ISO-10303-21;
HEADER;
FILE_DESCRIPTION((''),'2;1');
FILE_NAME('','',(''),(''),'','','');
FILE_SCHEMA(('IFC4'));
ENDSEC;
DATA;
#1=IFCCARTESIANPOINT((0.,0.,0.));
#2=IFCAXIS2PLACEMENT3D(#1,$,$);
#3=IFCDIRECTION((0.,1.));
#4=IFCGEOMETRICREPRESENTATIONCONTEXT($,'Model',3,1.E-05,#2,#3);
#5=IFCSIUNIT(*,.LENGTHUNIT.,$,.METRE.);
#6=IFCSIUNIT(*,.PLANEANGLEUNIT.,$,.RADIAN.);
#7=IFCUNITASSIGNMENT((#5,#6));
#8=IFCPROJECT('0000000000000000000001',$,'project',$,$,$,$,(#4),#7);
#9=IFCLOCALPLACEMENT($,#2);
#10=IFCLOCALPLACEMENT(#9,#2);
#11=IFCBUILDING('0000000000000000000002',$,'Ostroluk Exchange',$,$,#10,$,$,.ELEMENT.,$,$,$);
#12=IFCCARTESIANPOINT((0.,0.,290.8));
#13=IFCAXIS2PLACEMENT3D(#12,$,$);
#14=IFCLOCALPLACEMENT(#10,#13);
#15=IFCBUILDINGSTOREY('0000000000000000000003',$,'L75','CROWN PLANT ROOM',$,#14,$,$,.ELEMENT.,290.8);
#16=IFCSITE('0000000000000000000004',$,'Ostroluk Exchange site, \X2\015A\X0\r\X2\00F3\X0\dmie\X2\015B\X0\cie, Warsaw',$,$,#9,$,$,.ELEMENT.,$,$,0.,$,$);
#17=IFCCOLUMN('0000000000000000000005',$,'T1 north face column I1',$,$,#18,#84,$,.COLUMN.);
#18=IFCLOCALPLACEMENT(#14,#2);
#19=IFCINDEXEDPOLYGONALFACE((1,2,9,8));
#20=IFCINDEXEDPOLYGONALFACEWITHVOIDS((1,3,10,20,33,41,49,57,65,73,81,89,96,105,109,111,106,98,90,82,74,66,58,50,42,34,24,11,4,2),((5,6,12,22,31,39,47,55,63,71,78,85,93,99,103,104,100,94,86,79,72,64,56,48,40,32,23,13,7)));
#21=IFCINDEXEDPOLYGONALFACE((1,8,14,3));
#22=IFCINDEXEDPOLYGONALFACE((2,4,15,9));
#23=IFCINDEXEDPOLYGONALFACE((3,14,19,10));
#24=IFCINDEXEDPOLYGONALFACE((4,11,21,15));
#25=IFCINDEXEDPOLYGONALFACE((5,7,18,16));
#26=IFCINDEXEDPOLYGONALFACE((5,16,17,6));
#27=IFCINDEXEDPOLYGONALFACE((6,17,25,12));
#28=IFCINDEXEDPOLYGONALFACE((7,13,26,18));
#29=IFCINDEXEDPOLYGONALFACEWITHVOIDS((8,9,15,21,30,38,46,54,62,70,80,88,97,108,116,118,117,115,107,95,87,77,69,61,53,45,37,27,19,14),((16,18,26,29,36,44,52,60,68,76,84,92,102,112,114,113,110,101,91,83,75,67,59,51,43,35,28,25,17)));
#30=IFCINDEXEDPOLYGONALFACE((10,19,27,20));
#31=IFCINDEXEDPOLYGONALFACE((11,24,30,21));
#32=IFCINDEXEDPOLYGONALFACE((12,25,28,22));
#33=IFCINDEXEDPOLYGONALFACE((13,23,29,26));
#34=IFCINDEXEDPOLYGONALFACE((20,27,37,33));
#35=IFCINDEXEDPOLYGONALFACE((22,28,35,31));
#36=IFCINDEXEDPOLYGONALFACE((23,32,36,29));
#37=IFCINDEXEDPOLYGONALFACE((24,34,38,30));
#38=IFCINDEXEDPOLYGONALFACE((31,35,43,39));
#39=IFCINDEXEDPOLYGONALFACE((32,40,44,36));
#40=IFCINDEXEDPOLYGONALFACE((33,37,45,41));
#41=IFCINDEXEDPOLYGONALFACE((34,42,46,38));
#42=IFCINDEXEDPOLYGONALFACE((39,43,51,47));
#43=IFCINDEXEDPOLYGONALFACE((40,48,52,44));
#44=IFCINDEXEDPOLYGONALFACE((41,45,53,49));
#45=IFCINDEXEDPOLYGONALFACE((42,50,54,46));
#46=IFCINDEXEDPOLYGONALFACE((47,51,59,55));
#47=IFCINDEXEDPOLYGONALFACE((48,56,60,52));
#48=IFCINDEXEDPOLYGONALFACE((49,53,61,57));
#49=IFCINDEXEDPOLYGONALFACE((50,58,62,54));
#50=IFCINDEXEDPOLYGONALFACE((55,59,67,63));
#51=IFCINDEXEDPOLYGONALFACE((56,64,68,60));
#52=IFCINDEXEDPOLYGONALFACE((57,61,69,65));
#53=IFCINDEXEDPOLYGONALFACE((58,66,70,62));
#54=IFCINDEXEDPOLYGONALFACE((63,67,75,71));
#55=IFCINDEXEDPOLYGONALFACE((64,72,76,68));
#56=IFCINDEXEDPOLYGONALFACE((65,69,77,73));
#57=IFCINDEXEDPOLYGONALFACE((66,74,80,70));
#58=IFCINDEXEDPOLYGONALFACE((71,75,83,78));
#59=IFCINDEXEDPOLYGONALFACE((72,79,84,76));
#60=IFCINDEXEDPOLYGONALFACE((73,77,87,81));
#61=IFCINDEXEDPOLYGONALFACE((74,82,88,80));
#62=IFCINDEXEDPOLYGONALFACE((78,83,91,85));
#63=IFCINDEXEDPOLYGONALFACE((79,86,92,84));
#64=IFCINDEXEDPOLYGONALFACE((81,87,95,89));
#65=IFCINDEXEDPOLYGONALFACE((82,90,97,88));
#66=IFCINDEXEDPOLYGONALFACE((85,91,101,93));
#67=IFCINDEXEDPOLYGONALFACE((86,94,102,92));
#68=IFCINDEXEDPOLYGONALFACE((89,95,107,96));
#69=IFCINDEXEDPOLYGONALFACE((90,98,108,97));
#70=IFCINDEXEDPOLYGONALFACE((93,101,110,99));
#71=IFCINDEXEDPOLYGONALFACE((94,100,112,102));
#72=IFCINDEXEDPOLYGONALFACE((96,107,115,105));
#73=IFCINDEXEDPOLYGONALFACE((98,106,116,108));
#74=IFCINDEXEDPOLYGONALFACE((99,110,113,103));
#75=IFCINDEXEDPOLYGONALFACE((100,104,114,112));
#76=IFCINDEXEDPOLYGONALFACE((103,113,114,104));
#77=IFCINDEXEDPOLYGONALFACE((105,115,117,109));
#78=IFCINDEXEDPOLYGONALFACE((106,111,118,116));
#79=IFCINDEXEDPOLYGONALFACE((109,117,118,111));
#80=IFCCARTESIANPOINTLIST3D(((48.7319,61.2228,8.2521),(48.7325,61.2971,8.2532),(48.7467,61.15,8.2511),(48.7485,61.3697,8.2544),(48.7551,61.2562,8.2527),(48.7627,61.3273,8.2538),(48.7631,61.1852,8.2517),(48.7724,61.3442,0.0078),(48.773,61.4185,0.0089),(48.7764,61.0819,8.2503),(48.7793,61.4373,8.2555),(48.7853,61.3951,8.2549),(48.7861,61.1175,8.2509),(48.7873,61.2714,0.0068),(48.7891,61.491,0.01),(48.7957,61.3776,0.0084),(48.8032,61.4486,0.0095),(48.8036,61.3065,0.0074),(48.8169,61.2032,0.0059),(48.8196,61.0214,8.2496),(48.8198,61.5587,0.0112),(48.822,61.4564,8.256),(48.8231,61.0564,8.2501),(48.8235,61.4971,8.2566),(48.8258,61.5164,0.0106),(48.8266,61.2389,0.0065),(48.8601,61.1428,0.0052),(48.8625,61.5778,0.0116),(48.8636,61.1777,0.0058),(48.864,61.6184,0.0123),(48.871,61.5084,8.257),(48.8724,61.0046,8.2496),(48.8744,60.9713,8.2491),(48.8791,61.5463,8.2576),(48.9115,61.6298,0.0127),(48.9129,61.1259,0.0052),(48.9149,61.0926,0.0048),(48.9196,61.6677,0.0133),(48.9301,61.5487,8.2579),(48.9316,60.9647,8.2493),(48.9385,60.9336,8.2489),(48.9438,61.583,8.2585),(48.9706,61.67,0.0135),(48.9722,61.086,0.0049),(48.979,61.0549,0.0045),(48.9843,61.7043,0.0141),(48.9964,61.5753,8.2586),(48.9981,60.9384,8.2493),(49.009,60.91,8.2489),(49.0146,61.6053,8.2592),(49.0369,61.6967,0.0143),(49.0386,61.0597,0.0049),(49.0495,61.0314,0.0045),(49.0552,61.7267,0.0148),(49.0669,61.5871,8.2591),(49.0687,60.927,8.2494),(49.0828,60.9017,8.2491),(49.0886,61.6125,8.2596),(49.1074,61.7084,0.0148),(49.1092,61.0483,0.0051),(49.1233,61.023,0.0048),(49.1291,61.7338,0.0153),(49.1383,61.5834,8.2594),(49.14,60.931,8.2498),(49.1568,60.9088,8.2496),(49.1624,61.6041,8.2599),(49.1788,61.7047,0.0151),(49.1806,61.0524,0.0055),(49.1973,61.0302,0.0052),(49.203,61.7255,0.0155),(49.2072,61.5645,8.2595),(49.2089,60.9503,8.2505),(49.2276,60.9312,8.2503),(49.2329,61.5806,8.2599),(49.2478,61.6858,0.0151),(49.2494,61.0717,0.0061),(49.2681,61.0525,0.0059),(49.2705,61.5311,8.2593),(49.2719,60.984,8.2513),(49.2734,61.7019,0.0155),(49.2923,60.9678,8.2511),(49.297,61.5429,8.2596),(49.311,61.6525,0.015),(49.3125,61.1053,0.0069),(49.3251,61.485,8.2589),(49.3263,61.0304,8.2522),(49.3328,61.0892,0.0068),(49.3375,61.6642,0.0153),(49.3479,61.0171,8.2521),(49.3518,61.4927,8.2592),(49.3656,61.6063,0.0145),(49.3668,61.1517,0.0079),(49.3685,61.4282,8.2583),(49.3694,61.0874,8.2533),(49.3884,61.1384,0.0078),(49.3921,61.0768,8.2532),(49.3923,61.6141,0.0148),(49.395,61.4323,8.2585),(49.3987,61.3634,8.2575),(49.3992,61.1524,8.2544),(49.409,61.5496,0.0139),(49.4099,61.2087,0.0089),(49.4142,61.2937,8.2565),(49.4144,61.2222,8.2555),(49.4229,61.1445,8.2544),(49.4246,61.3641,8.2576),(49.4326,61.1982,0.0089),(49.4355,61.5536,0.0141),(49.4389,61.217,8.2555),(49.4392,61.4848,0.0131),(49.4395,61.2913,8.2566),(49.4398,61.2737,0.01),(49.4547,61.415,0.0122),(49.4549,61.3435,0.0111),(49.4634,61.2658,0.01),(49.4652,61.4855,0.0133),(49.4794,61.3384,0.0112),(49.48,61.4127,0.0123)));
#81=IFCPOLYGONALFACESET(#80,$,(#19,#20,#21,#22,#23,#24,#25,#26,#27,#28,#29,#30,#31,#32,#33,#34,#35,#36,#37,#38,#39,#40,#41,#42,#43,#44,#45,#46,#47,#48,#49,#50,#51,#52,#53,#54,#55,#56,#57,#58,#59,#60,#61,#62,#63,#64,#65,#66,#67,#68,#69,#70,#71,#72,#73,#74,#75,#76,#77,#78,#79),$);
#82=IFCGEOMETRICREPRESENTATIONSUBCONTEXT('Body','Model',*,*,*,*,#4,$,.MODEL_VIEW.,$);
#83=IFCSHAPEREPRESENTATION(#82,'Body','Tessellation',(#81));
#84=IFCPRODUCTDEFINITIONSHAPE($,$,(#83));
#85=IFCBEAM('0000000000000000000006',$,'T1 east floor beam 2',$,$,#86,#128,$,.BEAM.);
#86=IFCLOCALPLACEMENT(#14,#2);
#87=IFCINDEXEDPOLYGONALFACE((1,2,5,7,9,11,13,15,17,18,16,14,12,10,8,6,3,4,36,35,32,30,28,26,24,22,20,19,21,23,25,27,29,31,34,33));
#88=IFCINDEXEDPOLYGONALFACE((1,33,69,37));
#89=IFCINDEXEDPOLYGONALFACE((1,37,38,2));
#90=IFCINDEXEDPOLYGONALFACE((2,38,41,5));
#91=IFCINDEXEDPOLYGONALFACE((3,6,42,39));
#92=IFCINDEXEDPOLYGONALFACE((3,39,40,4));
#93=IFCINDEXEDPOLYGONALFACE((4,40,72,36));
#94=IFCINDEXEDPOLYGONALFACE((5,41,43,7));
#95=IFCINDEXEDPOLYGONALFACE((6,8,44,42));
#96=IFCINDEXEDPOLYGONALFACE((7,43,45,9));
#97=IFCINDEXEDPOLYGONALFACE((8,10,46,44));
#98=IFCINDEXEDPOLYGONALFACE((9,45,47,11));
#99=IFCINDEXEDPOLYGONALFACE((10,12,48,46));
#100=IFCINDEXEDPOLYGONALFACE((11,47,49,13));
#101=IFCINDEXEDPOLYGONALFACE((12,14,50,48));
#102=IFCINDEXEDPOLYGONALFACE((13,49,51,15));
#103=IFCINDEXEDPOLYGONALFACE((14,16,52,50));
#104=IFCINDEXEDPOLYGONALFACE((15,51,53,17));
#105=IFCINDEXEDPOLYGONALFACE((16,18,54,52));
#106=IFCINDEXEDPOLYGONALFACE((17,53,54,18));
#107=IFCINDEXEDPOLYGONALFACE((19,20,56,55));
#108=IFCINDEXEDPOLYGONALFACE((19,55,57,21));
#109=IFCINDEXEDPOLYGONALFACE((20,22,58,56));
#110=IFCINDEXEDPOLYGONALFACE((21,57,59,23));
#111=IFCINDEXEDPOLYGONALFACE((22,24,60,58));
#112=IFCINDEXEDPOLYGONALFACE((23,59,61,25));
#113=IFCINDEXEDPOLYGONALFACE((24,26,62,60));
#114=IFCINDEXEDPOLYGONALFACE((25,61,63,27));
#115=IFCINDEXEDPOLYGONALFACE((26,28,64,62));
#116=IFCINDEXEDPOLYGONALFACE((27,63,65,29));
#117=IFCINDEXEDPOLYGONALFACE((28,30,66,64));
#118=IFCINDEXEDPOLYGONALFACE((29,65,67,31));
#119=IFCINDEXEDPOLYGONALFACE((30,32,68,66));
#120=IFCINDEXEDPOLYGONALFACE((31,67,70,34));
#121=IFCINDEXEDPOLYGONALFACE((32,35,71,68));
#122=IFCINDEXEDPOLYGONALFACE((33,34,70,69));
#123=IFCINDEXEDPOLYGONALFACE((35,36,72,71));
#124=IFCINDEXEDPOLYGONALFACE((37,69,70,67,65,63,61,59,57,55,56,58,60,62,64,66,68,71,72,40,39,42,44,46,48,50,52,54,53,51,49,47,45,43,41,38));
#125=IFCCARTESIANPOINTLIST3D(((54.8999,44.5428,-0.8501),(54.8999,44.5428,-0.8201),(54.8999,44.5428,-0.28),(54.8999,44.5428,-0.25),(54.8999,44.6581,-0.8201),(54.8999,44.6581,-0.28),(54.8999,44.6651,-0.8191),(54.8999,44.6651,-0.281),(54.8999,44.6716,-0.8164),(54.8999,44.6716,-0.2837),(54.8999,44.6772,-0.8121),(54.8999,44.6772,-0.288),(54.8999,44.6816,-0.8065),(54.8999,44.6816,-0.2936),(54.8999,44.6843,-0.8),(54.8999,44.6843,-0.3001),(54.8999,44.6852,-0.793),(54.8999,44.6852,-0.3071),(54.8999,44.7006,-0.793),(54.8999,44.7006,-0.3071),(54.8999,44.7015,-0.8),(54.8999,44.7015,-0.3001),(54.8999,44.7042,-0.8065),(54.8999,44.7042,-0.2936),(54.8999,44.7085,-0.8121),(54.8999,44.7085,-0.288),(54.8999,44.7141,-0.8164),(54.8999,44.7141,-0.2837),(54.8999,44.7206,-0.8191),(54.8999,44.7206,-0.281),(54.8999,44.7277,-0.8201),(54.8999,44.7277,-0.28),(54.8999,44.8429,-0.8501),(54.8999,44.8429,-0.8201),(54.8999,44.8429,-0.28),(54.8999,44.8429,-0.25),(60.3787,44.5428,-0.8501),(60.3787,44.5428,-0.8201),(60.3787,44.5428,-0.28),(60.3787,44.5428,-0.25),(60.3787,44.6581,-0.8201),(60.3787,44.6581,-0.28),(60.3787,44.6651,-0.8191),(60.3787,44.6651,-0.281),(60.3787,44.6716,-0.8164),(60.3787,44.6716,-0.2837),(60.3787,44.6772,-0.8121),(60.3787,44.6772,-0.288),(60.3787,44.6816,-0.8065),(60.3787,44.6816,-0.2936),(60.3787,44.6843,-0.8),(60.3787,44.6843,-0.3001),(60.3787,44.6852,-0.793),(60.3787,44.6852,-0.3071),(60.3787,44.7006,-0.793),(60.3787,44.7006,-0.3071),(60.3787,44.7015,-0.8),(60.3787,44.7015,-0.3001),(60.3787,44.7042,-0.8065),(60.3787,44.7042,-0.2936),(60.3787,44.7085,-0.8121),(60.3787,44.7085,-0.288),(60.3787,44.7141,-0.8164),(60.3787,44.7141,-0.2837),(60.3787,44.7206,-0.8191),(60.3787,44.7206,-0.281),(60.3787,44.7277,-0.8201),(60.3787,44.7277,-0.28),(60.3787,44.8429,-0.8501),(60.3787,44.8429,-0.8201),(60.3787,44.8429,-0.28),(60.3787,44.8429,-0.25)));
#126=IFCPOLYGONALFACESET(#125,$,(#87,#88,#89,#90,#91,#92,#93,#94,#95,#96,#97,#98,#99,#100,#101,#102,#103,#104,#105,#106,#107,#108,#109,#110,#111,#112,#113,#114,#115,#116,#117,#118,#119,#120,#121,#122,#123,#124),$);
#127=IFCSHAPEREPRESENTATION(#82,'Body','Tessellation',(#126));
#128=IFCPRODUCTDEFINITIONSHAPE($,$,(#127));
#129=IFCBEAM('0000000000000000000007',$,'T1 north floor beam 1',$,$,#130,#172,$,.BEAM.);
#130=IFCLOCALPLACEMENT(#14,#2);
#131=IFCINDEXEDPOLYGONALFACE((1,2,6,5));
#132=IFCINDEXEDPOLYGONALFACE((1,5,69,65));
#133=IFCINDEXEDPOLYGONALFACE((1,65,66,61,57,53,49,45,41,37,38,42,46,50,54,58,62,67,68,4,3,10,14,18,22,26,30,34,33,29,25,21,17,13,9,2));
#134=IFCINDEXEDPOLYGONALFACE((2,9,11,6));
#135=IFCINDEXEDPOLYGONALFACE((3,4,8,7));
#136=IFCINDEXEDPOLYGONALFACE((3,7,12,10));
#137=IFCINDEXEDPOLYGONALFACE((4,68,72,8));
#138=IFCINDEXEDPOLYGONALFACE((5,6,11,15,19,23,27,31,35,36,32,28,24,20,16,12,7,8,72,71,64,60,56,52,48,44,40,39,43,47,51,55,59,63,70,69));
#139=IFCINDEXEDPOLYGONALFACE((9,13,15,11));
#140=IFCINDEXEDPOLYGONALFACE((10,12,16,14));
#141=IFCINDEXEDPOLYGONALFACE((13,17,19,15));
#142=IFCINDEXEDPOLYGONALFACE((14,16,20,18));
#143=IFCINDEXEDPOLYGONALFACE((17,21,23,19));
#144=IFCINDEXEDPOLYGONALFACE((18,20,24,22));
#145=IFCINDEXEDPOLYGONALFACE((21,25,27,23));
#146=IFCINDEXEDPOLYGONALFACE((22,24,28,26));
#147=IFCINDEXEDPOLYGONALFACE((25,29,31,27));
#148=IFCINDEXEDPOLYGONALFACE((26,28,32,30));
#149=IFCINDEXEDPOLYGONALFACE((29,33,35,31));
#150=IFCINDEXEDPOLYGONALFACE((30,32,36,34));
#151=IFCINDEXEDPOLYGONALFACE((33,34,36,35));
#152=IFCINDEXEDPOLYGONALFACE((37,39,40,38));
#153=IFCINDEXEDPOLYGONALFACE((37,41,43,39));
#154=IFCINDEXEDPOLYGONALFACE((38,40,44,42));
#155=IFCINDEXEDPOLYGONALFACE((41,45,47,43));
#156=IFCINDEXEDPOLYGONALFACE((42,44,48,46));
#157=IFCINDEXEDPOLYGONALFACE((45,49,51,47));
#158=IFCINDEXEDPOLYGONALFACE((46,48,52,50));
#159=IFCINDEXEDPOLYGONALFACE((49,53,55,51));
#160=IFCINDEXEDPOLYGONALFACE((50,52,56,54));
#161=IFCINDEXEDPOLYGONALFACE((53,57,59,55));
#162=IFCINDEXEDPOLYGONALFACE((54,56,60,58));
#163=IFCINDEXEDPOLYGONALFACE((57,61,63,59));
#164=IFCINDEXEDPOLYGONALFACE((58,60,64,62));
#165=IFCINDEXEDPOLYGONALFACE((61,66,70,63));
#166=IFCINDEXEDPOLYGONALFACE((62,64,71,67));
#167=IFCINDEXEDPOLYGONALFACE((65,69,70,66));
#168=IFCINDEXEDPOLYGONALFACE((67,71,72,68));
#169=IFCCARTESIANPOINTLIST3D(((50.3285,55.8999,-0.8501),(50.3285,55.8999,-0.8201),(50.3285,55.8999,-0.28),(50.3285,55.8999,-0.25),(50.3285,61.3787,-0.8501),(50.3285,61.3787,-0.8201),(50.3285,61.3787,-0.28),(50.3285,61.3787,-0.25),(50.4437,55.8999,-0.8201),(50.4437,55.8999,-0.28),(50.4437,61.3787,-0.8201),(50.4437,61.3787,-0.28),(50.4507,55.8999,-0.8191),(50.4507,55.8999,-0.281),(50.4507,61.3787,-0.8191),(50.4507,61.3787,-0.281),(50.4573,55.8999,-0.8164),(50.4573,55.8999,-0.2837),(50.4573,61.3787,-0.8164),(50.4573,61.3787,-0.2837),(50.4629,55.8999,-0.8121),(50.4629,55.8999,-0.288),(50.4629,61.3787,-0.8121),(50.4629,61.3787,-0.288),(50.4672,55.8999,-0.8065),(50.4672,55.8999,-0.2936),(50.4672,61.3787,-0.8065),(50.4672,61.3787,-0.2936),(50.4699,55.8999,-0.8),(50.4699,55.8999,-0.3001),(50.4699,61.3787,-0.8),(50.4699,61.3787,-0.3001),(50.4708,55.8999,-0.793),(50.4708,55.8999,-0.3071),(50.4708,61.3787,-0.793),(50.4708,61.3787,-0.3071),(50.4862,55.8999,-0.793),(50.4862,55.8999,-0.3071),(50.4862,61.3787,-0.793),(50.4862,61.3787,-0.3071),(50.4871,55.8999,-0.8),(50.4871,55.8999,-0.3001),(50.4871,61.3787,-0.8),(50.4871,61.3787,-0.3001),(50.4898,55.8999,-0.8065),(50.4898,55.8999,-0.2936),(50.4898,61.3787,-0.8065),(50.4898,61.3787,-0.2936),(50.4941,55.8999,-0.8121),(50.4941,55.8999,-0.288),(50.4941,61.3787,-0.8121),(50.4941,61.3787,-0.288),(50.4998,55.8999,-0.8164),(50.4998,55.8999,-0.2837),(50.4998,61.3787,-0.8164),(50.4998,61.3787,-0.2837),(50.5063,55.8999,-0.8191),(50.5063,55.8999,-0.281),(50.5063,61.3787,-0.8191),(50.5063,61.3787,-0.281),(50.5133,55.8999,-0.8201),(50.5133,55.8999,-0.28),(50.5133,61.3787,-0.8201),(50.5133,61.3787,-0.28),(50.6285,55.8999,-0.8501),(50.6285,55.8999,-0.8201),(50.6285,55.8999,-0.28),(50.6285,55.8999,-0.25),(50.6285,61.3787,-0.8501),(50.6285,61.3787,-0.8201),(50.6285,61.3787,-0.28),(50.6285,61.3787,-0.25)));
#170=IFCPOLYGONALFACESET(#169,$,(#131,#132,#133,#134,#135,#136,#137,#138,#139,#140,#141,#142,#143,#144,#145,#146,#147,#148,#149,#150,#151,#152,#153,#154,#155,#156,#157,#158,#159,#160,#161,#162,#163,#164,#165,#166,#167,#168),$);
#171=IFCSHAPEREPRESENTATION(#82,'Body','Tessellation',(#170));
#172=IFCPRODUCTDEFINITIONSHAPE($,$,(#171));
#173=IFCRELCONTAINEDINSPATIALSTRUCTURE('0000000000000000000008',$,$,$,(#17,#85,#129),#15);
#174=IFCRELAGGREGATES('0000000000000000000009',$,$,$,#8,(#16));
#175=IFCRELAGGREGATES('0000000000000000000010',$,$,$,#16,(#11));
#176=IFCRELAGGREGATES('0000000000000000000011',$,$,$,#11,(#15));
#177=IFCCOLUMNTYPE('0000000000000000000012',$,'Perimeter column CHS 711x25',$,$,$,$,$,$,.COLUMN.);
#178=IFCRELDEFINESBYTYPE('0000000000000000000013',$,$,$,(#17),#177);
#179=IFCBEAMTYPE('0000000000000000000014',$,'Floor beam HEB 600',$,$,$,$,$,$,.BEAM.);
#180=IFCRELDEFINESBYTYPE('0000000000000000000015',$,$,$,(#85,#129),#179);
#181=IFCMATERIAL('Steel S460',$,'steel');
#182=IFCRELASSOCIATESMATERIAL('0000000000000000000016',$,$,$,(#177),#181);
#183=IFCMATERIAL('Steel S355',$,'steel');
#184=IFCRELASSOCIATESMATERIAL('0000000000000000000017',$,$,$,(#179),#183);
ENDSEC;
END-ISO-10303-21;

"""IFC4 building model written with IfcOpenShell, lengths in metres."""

from ifc_helpers import new_model, si_unit, direction, frame, origin, origin_2d, place, context, subcontext, project, spatial, hollow_circle, i_section, extrude, material, material_profile, profile_set, type_object, element, save


model = new_model("IFC4")

# Units and contexts
model_context = context("Model", 3, precision=1e-05, world=origin(), true_north=direction((0.0, 1.0)))
body_context = subcontext(model_context, "Body", "Model", "MODEL_VIEW")
ifc_project = project(units=[si_unit("LENGTHUNIT", "METRE"), si_unit("PLANEANGLEUNIT", "RADIAN")], contexts=[model_context])

# Site, building, storey
site_placement = place(None, origin())
site = spatial("IfcSite", under=ifc_project, at=site_placement, Name="Ostroluk Exchange site, Śródmieście, Warsaw", CompositionType="ELEMENT", RefElevation=0.0)
building_placement = place(site_placement, origin())
building = spatial("IfcBuilding", under=site, at=building_placement, Name="Ostroluk Exchange", CompositionType="ELEMENT")
storey_placement = place(building_placement, frame((0.0, 0.0, 290.8)))
storey = spatial("IfcBuildingStorey", under=building, at=storey_placement, Name="L75", Description="CROWN PLANT ROOM", CompositionType="ELEMENT", Elevation=290.8)

# Column
ifc_material_1 = material(Name="Steel S460", Category="steel")
ifc_material_profile_1 = material_profile(ifc_material_1, hollow_circle(Radius=0.3555, WallThickness=0.0249, at=origin_2d()), Name="CHS 711x25")
ifc_profile_set_1 = profile_set([ifc_material_profile_1], Name="Steel S460")
column_type = type_object("IfcColumnType", Name="Perimeter column CHS 711x25", PredefinedType="COLUMN", material=ifc_profile_set_1)
column_placement = place(storey_placement, frame((49.1262, 61.3784, 0.01), z_axis=(-0.004915, -0.014716, 0.99988), x_axis=(0.948492, -0.3168, 0.0)))
element("IfcColumn", 1, at=column_placement, inside=storey, type_object=column_type, Name="T1 north face column I1", PredefinedType="COLUMN", context=body_context, shape_type="SweptSolid", body=[
    extrude(hollow_circle(Radius=0.3555, WallThickness=0.0249, at=origin_2d()), origin(), (0.0, 0.0, 1.0), 8.2454),
])

# Beams
ifc_material_2 = material(Name="Steel S355", Category="steel")
ifc_material_profile_2 = material_profile(ifc_material_2, i_section(OverallWidth=0.3, OverallDepth=0.6001, WebThickness=0.0154, FlangeThickness=0.03, FilletRadius=0.0271, at=origin_2d()), Name="HEB 600")
ifc_profile_set_2 = profile_set([ifc_material_profile_2], Name="Steel S355")
beam_type_1 = type_object("IfcBeamType", Name="Floor beam HEB 600", PredefinedType="BEAM", material=ifc_profile_set_2)
for number, where, z_axis, x_axis, name in (
    (2, (54.8999, 44.6929, -0.55), (1.0, 0.0, 0.0), (0.0, 1.0, 0.0), "T1 east floor beam 2"),
    (3, (50.4785, 55.8999, -0.55), (0.0, 1.0, 0.0), (-1.0, 0.0, 0.0), "T1 north floor beam 1"),
):
    element("IfcBeam", number, at=place(storey_placement, frame(where, z_axis=z_axis, x_axis=x_axis)), inside=storey, type_object=beam_type_1, Name=name, PredefinedType="BEAM", context=body_context, shape_type="SweptSolid", body=[
        extrude(i_section(OverallWidth=0.3, OverallDepth=0.6001, WebThickness=0.0154, FlangeThickness=0.03, FilletRadius=0.0271, at=origin_2d()), origin(), (0.0, 0.0, 1.0), 5.4788),
    ])

save(model, "model.ifc")
